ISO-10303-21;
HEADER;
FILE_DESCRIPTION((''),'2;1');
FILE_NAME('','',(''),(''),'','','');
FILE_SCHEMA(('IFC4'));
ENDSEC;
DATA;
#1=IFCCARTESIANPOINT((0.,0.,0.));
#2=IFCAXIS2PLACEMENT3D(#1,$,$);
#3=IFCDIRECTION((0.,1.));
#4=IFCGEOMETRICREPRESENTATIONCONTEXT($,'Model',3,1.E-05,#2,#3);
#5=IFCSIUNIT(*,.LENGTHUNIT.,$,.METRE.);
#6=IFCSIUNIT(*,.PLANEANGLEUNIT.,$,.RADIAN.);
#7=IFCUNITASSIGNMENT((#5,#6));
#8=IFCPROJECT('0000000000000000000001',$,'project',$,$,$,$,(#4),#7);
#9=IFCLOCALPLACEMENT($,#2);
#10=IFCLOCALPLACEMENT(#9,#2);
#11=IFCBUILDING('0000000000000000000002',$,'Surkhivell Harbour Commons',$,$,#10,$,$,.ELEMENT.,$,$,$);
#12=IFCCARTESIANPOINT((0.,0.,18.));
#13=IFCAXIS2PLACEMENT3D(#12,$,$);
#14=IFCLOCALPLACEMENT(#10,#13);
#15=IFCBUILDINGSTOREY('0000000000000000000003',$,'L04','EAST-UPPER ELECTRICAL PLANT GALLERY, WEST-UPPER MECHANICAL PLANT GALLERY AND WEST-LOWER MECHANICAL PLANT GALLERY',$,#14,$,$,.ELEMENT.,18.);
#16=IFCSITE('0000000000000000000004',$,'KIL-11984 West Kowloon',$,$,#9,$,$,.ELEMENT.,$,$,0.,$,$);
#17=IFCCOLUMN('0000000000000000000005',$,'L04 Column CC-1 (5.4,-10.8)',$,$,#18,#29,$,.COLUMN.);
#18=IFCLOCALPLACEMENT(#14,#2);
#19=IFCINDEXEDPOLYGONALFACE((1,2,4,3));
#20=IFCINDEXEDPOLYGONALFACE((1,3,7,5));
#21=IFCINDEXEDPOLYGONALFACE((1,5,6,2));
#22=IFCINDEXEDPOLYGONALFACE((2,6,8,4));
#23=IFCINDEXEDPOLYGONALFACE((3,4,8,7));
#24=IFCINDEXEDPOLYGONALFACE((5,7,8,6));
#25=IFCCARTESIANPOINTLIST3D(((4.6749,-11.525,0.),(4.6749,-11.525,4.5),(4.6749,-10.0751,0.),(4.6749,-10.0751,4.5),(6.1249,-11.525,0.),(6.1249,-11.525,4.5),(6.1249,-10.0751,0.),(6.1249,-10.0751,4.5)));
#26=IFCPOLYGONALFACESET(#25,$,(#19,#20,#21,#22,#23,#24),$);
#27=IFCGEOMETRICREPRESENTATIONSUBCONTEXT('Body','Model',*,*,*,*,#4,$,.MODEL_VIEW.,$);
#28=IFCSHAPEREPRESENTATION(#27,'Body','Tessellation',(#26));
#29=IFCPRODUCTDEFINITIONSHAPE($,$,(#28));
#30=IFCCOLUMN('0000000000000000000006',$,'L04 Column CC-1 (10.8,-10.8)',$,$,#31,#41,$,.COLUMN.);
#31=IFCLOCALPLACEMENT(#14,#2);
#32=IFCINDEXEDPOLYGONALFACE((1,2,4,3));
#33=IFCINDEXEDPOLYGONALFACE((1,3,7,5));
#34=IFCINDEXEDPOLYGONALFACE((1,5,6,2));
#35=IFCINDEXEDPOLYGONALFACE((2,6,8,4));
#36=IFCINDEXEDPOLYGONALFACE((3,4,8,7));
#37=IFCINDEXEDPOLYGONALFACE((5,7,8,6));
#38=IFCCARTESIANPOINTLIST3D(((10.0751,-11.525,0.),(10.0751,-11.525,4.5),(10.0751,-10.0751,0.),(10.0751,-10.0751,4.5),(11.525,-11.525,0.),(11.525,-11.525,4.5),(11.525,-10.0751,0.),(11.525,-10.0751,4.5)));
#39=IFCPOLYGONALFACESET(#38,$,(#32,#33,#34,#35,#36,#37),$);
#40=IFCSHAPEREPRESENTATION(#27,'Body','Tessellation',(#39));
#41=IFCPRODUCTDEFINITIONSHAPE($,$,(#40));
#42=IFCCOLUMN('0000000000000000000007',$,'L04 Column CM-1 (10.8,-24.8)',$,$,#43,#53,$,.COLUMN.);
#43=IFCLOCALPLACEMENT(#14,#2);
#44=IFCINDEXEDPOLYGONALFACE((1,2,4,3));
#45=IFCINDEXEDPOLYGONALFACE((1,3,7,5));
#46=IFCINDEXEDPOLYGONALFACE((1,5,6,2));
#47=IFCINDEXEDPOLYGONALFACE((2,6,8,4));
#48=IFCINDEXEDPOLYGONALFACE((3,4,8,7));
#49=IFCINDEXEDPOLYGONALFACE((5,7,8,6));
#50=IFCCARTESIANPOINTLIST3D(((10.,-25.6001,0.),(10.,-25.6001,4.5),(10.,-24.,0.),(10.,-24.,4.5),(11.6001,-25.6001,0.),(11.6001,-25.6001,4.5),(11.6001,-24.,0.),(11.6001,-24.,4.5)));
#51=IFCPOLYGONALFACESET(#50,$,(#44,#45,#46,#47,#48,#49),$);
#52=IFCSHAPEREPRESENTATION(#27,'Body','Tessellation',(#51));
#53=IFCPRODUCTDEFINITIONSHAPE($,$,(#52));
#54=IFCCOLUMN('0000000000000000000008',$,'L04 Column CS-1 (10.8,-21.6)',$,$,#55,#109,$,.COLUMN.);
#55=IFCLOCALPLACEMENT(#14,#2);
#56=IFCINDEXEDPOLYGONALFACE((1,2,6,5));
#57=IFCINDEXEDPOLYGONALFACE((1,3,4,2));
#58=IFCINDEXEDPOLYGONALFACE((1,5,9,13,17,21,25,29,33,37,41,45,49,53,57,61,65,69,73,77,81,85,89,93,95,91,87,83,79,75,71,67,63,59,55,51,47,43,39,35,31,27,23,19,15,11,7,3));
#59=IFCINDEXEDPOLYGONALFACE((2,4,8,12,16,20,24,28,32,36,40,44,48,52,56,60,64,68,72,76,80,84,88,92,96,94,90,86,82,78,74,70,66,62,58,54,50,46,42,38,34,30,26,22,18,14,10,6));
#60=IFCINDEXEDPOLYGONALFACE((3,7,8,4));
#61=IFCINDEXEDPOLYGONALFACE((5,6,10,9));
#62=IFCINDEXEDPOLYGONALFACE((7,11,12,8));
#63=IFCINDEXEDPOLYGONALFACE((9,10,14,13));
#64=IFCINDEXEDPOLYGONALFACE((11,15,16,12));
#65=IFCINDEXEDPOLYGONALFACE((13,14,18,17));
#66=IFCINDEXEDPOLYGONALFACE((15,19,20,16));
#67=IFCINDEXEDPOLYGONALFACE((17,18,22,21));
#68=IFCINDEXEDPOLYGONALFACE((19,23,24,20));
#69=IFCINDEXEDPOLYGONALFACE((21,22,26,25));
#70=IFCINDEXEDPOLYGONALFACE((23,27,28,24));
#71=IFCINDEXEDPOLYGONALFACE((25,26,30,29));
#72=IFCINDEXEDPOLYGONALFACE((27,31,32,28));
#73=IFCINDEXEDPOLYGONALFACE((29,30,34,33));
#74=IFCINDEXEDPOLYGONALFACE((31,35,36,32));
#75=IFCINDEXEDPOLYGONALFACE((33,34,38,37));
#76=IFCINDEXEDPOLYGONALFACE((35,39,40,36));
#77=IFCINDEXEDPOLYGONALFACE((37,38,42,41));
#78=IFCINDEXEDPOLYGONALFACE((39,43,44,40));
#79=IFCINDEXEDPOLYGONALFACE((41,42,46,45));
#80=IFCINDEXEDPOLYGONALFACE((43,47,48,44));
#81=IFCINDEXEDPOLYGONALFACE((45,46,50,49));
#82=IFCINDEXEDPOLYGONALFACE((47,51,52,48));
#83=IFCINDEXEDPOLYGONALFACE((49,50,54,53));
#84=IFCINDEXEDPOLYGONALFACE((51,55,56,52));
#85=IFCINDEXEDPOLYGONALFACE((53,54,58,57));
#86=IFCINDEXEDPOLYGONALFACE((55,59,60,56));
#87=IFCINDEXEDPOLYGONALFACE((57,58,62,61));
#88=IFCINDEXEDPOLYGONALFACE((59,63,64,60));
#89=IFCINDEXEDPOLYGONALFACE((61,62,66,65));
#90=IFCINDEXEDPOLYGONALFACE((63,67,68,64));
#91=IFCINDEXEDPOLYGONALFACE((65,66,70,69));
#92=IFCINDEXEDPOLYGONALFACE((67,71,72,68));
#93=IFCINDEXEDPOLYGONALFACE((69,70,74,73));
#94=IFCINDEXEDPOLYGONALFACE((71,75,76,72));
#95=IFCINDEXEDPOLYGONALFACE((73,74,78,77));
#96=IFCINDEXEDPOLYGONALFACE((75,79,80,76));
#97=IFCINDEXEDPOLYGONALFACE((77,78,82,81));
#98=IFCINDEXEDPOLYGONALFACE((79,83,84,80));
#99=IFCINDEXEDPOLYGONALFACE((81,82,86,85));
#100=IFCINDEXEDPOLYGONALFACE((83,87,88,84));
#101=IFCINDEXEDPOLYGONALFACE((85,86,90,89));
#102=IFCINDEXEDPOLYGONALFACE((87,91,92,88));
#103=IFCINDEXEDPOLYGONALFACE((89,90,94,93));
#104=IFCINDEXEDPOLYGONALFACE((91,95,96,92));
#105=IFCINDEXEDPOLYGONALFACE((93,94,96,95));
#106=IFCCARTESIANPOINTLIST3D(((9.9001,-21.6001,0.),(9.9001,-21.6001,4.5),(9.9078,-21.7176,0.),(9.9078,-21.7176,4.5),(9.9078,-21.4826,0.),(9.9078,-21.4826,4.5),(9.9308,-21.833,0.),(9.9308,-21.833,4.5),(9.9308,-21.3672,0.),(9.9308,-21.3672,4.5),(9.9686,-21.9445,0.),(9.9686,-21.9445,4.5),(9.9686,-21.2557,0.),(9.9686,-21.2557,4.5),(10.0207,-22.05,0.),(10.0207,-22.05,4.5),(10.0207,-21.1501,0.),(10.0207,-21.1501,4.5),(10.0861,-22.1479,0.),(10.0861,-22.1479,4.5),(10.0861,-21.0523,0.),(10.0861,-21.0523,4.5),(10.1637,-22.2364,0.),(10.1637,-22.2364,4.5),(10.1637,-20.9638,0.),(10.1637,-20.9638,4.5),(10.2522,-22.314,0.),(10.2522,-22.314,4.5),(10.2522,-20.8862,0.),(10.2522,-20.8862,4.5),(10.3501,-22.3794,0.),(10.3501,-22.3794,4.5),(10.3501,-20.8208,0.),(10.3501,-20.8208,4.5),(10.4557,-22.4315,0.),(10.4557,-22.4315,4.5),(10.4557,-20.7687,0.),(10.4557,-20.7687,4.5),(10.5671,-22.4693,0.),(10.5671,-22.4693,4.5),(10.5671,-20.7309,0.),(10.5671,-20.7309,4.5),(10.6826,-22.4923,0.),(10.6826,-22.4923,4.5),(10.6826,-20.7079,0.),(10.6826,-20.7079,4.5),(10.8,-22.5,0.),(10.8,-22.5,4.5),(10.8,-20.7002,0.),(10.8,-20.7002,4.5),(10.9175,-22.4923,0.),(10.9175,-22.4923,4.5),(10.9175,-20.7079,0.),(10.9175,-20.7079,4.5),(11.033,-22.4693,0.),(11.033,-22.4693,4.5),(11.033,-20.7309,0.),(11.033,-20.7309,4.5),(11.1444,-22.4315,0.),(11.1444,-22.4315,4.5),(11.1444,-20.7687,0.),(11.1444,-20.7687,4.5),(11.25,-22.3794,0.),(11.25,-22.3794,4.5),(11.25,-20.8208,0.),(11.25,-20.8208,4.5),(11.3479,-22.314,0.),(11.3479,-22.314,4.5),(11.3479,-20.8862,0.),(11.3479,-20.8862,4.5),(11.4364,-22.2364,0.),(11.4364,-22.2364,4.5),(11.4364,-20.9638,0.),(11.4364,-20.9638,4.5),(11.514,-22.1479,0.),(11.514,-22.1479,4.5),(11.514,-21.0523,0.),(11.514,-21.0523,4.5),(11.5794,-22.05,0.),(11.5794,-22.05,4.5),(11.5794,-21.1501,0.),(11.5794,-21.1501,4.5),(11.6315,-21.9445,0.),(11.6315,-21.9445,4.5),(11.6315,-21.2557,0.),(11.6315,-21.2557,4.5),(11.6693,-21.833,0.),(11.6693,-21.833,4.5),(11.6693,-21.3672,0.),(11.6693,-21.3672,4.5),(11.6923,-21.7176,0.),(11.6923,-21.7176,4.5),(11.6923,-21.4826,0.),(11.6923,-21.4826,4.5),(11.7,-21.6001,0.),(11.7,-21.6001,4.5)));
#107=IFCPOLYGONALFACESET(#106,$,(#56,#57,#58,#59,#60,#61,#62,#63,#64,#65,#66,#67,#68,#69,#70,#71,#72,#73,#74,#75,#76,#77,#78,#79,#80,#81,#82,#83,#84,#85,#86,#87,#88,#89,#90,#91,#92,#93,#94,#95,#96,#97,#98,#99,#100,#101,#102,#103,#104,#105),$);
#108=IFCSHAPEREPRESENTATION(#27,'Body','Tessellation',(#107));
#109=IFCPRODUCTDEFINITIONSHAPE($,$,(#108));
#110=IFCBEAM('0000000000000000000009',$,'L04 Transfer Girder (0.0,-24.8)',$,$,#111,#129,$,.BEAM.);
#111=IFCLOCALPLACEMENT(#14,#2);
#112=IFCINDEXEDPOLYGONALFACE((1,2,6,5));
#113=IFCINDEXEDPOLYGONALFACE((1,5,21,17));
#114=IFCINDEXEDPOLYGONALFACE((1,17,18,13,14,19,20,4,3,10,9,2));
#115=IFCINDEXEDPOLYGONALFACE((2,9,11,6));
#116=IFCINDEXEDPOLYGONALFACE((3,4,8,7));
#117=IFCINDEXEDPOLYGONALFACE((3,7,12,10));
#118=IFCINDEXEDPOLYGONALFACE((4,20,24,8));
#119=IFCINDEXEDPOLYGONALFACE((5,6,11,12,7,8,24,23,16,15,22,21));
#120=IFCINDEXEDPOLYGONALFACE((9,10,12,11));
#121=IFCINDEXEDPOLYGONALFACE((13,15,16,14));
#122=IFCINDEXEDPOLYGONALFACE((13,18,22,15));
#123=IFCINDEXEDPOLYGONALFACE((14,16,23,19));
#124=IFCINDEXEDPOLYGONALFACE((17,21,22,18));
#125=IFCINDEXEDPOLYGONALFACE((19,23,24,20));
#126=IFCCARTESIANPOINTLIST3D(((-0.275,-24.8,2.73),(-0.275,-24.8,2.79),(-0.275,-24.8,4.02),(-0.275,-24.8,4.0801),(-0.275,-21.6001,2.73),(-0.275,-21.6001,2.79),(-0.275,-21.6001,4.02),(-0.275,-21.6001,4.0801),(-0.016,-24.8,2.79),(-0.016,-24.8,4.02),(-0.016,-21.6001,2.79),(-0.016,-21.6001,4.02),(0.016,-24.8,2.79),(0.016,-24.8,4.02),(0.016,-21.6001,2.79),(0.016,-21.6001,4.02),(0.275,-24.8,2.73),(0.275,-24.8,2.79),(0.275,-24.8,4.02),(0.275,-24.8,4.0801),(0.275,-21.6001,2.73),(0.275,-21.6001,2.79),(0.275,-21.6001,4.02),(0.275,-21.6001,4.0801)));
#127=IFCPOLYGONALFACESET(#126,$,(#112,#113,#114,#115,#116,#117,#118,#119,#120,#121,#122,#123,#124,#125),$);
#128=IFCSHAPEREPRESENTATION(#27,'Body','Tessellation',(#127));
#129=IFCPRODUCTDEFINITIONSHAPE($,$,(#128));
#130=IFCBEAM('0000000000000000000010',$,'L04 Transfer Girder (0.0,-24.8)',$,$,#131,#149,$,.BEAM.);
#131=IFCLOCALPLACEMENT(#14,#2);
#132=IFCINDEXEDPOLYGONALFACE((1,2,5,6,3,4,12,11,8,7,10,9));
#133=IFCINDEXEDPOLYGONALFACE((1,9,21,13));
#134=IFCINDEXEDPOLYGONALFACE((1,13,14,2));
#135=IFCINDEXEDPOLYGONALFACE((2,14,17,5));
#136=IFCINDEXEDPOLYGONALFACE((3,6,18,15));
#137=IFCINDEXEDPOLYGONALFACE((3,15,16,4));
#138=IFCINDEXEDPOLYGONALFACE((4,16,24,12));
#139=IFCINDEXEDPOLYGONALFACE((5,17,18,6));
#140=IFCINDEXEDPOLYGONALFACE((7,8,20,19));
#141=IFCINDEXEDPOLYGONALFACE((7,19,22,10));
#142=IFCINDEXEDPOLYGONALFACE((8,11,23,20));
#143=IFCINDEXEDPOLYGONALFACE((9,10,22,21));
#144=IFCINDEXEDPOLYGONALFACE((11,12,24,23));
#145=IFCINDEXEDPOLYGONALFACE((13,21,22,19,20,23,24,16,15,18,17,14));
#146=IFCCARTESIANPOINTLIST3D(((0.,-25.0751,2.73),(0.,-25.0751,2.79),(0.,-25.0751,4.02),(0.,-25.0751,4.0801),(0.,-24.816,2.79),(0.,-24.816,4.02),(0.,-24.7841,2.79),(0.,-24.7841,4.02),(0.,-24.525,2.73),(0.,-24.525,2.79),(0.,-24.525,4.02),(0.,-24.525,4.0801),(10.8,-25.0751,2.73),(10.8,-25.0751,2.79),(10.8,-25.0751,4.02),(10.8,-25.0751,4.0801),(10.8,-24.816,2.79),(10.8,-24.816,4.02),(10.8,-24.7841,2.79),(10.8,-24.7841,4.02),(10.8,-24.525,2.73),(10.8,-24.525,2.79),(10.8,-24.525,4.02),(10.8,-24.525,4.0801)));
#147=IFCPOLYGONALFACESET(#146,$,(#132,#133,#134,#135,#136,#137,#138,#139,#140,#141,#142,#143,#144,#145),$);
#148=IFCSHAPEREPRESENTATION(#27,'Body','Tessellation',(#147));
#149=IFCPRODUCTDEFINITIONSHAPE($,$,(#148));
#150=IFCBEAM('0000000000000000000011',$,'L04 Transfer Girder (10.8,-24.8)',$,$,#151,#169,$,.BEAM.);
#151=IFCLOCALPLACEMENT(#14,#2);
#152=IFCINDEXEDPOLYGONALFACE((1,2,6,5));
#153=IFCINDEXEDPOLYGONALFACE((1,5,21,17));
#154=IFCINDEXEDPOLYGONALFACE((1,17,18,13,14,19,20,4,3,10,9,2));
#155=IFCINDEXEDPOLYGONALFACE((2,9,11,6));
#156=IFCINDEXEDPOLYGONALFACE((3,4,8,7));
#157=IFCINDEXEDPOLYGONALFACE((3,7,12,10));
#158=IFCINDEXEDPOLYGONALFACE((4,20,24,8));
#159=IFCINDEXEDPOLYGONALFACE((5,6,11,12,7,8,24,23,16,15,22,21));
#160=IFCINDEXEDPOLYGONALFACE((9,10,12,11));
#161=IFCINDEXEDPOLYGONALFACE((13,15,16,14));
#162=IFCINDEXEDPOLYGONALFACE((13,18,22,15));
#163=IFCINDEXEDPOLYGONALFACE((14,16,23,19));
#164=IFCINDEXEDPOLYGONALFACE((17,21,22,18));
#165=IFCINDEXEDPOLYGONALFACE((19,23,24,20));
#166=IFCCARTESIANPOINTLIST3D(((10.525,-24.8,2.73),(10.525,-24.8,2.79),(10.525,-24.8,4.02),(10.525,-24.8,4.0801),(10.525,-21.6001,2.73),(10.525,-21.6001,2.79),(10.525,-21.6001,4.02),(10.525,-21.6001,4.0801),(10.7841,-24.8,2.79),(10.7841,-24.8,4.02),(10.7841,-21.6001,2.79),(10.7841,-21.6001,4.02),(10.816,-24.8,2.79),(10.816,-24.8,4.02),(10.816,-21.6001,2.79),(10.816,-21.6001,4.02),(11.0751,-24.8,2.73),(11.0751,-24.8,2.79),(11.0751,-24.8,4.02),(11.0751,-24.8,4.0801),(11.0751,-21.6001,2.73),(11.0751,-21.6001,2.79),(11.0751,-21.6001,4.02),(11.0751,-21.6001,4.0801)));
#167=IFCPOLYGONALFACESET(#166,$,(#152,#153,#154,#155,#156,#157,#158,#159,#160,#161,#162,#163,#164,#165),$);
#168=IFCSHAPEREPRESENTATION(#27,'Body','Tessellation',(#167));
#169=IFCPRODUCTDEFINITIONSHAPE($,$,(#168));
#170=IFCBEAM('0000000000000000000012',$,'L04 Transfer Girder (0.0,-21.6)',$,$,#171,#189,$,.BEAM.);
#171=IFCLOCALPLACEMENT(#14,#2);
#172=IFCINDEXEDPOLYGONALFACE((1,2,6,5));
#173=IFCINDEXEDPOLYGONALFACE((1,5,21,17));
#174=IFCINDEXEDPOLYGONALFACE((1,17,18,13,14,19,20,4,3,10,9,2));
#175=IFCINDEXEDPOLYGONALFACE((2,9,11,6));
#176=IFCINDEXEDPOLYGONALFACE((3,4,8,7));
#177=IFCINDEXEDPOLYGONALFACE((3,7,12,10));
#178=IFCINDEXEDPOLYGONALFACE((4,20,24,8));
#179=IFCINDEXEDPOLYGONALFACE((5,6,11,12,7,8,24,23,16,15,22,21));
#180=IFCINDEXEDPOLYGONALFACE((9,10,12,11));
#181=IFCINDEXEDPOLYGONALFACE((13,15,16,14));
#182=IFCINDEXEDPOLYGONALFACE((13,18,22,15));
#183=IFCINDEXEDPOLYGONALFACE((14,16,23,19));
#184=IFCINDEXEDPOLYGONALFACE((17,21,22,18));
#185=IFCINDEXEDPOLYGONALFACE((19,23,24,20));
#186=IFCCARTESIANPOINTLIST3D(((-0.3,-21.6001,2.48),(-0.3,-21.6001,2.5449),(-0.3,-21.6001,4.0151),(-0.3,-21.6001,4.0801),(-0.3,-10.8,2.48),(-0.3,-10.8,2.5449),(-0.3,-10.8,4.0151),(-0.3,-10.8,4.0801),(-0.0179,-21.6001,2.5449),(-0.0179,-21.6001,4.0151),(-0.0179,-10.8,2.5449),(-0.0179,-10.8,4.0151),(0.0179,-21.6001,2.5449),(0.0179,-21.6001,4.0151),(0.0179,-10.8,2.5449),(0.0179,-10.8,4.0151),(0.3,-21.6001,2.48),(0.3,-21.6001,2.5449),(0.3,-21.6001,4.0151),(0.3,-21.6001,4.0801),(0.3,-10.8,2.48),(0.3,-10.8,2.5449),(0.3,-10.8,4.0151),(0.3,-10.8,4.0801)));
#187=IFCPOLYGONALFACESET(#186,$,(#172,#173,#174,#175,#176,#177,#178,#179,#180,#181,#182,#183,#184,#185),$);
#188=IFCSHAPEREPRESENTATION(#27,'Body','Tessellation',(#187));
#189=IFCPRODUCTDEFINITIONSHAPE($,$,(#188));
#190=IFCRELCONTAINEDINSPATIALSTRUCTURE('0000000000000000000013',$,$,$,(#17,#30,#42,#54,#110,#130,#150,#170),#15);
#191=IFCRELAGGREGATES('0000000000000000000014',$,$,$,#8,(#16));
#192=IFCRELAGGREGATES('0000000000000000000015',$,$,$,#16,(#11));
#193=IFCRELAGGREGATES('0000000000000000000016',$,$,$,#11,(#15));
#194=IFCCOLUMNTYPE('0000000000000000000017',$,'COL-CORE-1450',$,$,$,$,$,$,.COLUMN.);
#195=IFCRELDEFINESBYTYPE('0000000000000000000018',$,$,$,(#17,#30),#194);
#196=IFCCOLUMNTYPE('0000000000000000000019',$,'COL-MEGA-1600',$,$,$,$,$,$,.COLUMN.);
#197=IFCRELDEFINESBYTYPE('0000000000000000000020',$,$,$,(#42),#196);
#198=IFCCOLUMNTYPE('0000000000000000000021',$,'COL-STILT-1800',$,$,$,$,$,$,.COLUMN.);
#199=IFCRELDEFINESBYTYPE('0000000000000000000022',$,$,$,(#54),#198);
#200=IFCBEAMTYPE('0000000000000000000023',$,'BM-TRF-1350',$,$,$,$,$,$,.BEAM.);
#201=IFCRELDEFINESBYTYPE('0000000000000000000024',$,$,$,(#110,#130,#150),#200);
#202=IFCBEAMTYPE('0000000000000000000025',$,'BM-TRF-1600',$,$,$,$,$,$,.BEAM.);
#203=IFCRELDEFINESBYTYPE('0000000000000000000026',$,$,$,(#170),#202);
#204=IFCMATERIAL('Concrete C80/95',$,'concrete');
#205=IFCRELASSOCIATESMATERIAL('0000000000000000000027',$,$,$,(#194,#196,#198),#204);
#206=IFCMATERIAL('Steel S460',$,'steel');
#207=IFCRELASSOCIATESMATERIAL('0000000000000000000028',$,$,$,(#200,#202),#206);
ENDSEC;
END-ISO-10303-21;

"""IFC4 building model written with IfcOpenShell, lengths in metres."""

from ifc_helpers import new_model, si_unit, direction, frame, origin, origin_2d, place, context, subcontext, project, spatial, rectangle, circle, i_section, extrude, material, material_profile, profile_set, type_object, element, save


model = new_model("IFC4")

# Units and contexts
model_context = context("Model", 3, precision=1e-05, world=origin(), true_north=direction((0.0, 1.0)))
body_context = subcontext(model_context, "Body", "Model", "MODEL_VIEW")
ifc_project = project(units=[si_unit("LENGTHUNIT", "METRE"), si_unit("PLANEANGLEUNIT", "RADIAN")], contexts=[model_context])

# Site, building, storey
site_placement = place(None, origin())
site = spatial("IfcSite", under=ifc_project, at=site_placement, Name="KIL-11984 West Kowloon", CompositionType="ELEMENT", RefElevation=0.0)
building_placement = place(site_placement, origin())
building = spatial("IfcBuilding", under=site, at=building_placement, Name="Surkhivell Harbour Commons", CompositionType="ELEMENT")
storey_placement = place(building_placement, frame((0.0, 0.0, 18.0)))
storey = spatial("IfcBuildingStorey", under=building, at=storey_placement, Name="L04", Description="EAST-UPPER ELECTRICAL PLANT GALLERY, WEST-UPPER MECHANICAL PLANT GALLERY AND WEST-LOWER MECHANICAL PLANT GALLERY", CompositionType="ELEMENT", Elevation=18.0)

# Columns
ifc_material_1 = material(Name="Concrete C80/95", Category="concrete")
ifc_material_profile_1 = material_profile(ifc_material_1, rectangle(XDim=1.45, YDim=1.45, at=origin_2d()), Name="RC-COL-1450x1450")
ifc_profile_set_1 = profile_set([ifc_material_profile_1], Name="Concrete C80/95")
column_type_1 = type_object("IfcColumnType", Name="COL-CORE-1450", PredefinedType="COLUMN", material=ifc_profile_set_1)
for number, where, z_axis, x_axis, name in (
    (1, (5.3999, -10.8, 0.0), (0.0, 0.0, 1.0), (1.0, 0.0, 0.0), "L04 Column CC-1 (5.4,-10.8)"),
    (2, (10.8, -10.8, 0.0), (0.0, 0.0, 1.0), (1.0, 0.0, 0.0), "L04 Column CC-1 (10.8,-10.8)"),
):
    element("IfcColumn", number, at=place(storey_placement, frame(where, z_axis=z_axis, x_axis=x_axis)), inside=storey, type_object=column_type_1, Name=name, PredefinedType="COLUMN", context=body_context, shape_type="SweptSolid", body=[
        extrude(rectangle(XDim=1.45, YDim=1.45, at=origin_2d()), origin(), (0.0, 0.0, 1.0), 4.5),
    ])
ifc_material_profile_2 = material_profile(ifc_material_1, rectangle(XDim=1.6001, YDim=1.6001, at=origin_2d()), Name="RC-COL-1600x1600")
ifc_profile_set_2 = profile_set([ifc_material_profile_2], Name="Concrete C80/95")
column_type_2 = type_object("IfcColumnType", Name="COL-MEGA-1600", PredefinedType="COLUMN", material=ifc_profile_set_2)
column_1_placement = place(storey_placement, frame((10.8, -24.8, 0.0), z_axis=(0.0, 0.0, 1.0), x_axis=(1.0, 0.0, 0.0)))
element("IfcColumn", 3, at=column_1_placement, inside=storey, type_object=column_type_2, Name="L04 Column CM-1 (10.8,-24.8)", PredefinedType="COLUMN", context=body_context, shape_type="SweptSolid", body=[
    extrude(rectangle(XDim=1.6001, YDim=1.6001, at=origin_2d()), origin(), (0.0, 0.0, 1.0), 4.5),
])
ifc_material_profile_3 = material_profile(ifc_material_1, circle(Radius=0.8999, at=origin_2d()), Name="RC-CIRC-1800")
ifc_profile_set_3 = profile_set([ifc_material_profile_3], Name="Concrete C80/95")
column_type_3 = type_object("IfcColumnType", Name="COL-STILT-1800", PredefinedType="COLUMN", material=ifc_profile_set_3)
column_2_placement = place(storey_placement, frame((10.8, -21.6001, 0.0), z_axis=(0.0, 0.0, 1.0), x_axis=(1.0, 0.0, 0.0)))
element("IfcColumn", 4, at=column_2_placement, inside=storey, type_object=column_type_3, Name="L04 Column CS-1 (10.8,-21.6)", PredefinedType="COLUMN", context=body_context, shape_type="SweptSolid", body=[
    extrude(circle(Radius=0.8999, at=origin_2d()), origin(), (0.0, 0.0, 1.0), 4.5),
])

# Beams
ifc_material_2 = material(Name="Steel S460", Category="steel")
ifc_material_profile_4 = material_profile(ifc_material_2, i_section(OverallWidth=0.55, OverallDepth=1.3501, WebThickness=0.032, FlangeThickness=0.0601, at=origin_2d()), Name="WPG1350x550x248")
ifc_profile_set_4 = profile_set([ifc_material_profile_4], Name="Steel S460")
beam_type_1 = type_object("IfcBeamType", Name="BM-TRF-1350", PredefinedType="BEAM", material=ifc_profile_set_4)
beam_1_placement = place(storey_placement, frame((0.0, -24.8, 3.405), z_axis=(0.0, 1.0, 0.0), x_axis=(-1.0, 0.0, 0.0)))
element("IfcBeam", 5, at=beam_1_placement, inside=storey, type_object=beam_type_1, Name="L04 Transfer Girder (0.0,-24.8)", PredefinedType="BEAM", context=body_context, shape_type="SweptSolid", body=[
    extrude(i_section(OverallWidth=0.55, OverallDepth=1.3501, WebThickness=0.032, FlangeThickness=0.0601, at=origin_2d()), origin(), (0.0, 0.0, 1.0), 3.2),
])
beam_2_placement = place(storey_placement, frame((0.0, -24.8, 3.405), z_axis=(1.0, 0.0, 0.0), x_axis=(0.0, 1.0, 0.0)))
element("IfcBeam", 6, at=beam_2_placement, inside=storey, type_object=beam_type_1, Name="L04 Transfer Girder (0.0,-24.8)", PredefinedType="BEAM", context=body_context, shape_type="SweptSolid", body=[
    extrude(i_section(OverallWidth=0.55, OverallDepth=1.3501, WebThickness=0.032, FlangeThickness=0.0601, at=origin_2d()), origin(), (0.0, 0.0, 1.0), 10.8),
])
beam_3_placement = place(storey_placement, frame((10.8, -24.8, 3.405), z_axis=(0.0, 1.0, 0.0), x_axis=(-1.0, 0.0, 0.0)))
element("IfcBeam", 7, at=beam_3_placement, inside=storey, type_object=beam_type_1, Name="L04 Transfer Girder (10.8,-24.8)", PredefinedType="BEAM", context=body_context, shape_type="SweptSolid", body=[
    extrude(i_section(OverallWidth=0.55, OverallDepth=1.3501, WebThickness=0.032, FlangeThickness=0.0601, at=origin_2d()), origin(), (0.0, 0.0, 1.0), 3.2),
])
ifc_material_profile_5 = material_profile(ifc_material_2, i_section(OverallWidth=0.6001, OverallDepth=1.6001, WebThickness=0.0359, FlangeThickness=0.0649, at=origin_2d()), Name="WPG1600x600x296")
ifc_profile_set_5 = profile_set([ifc_material_profile_5], Name="Steel S460")
beam_type_2 = type_object("IfcBeamType", Name="BM-TRF-1600", PredefinedType="BEAM", material=ifc_profile_set_5)
for number, where, z_axis, x_axis, name in (
    (8, (0.0, -21.6001, 3.28), (0.0, 1.0, 0.0), (-1.0, 0.0, 0.0), "L04 Transfer Girder (0.0,-21.6)"),
):
    element("IfcBeam", number, at=place(storey_placement, frame(where, z_axis=z_axis, x_axis=x_axis)), inside=storey, type_object=beam_type_2, Name=name, PredefinedType="BEAM", context=body_context, shape_type="SweptSolid", body=[
        extrude(i_section(OverallWidth=0.6001, OverallDepth=1.6001, WebThickness=0.0359, FlangeThickness=0.0649, at=origin_2d()), origin(), (0.0, 0.0, 1.0), 10.8),
    ])

save(model, "model.ifc")
